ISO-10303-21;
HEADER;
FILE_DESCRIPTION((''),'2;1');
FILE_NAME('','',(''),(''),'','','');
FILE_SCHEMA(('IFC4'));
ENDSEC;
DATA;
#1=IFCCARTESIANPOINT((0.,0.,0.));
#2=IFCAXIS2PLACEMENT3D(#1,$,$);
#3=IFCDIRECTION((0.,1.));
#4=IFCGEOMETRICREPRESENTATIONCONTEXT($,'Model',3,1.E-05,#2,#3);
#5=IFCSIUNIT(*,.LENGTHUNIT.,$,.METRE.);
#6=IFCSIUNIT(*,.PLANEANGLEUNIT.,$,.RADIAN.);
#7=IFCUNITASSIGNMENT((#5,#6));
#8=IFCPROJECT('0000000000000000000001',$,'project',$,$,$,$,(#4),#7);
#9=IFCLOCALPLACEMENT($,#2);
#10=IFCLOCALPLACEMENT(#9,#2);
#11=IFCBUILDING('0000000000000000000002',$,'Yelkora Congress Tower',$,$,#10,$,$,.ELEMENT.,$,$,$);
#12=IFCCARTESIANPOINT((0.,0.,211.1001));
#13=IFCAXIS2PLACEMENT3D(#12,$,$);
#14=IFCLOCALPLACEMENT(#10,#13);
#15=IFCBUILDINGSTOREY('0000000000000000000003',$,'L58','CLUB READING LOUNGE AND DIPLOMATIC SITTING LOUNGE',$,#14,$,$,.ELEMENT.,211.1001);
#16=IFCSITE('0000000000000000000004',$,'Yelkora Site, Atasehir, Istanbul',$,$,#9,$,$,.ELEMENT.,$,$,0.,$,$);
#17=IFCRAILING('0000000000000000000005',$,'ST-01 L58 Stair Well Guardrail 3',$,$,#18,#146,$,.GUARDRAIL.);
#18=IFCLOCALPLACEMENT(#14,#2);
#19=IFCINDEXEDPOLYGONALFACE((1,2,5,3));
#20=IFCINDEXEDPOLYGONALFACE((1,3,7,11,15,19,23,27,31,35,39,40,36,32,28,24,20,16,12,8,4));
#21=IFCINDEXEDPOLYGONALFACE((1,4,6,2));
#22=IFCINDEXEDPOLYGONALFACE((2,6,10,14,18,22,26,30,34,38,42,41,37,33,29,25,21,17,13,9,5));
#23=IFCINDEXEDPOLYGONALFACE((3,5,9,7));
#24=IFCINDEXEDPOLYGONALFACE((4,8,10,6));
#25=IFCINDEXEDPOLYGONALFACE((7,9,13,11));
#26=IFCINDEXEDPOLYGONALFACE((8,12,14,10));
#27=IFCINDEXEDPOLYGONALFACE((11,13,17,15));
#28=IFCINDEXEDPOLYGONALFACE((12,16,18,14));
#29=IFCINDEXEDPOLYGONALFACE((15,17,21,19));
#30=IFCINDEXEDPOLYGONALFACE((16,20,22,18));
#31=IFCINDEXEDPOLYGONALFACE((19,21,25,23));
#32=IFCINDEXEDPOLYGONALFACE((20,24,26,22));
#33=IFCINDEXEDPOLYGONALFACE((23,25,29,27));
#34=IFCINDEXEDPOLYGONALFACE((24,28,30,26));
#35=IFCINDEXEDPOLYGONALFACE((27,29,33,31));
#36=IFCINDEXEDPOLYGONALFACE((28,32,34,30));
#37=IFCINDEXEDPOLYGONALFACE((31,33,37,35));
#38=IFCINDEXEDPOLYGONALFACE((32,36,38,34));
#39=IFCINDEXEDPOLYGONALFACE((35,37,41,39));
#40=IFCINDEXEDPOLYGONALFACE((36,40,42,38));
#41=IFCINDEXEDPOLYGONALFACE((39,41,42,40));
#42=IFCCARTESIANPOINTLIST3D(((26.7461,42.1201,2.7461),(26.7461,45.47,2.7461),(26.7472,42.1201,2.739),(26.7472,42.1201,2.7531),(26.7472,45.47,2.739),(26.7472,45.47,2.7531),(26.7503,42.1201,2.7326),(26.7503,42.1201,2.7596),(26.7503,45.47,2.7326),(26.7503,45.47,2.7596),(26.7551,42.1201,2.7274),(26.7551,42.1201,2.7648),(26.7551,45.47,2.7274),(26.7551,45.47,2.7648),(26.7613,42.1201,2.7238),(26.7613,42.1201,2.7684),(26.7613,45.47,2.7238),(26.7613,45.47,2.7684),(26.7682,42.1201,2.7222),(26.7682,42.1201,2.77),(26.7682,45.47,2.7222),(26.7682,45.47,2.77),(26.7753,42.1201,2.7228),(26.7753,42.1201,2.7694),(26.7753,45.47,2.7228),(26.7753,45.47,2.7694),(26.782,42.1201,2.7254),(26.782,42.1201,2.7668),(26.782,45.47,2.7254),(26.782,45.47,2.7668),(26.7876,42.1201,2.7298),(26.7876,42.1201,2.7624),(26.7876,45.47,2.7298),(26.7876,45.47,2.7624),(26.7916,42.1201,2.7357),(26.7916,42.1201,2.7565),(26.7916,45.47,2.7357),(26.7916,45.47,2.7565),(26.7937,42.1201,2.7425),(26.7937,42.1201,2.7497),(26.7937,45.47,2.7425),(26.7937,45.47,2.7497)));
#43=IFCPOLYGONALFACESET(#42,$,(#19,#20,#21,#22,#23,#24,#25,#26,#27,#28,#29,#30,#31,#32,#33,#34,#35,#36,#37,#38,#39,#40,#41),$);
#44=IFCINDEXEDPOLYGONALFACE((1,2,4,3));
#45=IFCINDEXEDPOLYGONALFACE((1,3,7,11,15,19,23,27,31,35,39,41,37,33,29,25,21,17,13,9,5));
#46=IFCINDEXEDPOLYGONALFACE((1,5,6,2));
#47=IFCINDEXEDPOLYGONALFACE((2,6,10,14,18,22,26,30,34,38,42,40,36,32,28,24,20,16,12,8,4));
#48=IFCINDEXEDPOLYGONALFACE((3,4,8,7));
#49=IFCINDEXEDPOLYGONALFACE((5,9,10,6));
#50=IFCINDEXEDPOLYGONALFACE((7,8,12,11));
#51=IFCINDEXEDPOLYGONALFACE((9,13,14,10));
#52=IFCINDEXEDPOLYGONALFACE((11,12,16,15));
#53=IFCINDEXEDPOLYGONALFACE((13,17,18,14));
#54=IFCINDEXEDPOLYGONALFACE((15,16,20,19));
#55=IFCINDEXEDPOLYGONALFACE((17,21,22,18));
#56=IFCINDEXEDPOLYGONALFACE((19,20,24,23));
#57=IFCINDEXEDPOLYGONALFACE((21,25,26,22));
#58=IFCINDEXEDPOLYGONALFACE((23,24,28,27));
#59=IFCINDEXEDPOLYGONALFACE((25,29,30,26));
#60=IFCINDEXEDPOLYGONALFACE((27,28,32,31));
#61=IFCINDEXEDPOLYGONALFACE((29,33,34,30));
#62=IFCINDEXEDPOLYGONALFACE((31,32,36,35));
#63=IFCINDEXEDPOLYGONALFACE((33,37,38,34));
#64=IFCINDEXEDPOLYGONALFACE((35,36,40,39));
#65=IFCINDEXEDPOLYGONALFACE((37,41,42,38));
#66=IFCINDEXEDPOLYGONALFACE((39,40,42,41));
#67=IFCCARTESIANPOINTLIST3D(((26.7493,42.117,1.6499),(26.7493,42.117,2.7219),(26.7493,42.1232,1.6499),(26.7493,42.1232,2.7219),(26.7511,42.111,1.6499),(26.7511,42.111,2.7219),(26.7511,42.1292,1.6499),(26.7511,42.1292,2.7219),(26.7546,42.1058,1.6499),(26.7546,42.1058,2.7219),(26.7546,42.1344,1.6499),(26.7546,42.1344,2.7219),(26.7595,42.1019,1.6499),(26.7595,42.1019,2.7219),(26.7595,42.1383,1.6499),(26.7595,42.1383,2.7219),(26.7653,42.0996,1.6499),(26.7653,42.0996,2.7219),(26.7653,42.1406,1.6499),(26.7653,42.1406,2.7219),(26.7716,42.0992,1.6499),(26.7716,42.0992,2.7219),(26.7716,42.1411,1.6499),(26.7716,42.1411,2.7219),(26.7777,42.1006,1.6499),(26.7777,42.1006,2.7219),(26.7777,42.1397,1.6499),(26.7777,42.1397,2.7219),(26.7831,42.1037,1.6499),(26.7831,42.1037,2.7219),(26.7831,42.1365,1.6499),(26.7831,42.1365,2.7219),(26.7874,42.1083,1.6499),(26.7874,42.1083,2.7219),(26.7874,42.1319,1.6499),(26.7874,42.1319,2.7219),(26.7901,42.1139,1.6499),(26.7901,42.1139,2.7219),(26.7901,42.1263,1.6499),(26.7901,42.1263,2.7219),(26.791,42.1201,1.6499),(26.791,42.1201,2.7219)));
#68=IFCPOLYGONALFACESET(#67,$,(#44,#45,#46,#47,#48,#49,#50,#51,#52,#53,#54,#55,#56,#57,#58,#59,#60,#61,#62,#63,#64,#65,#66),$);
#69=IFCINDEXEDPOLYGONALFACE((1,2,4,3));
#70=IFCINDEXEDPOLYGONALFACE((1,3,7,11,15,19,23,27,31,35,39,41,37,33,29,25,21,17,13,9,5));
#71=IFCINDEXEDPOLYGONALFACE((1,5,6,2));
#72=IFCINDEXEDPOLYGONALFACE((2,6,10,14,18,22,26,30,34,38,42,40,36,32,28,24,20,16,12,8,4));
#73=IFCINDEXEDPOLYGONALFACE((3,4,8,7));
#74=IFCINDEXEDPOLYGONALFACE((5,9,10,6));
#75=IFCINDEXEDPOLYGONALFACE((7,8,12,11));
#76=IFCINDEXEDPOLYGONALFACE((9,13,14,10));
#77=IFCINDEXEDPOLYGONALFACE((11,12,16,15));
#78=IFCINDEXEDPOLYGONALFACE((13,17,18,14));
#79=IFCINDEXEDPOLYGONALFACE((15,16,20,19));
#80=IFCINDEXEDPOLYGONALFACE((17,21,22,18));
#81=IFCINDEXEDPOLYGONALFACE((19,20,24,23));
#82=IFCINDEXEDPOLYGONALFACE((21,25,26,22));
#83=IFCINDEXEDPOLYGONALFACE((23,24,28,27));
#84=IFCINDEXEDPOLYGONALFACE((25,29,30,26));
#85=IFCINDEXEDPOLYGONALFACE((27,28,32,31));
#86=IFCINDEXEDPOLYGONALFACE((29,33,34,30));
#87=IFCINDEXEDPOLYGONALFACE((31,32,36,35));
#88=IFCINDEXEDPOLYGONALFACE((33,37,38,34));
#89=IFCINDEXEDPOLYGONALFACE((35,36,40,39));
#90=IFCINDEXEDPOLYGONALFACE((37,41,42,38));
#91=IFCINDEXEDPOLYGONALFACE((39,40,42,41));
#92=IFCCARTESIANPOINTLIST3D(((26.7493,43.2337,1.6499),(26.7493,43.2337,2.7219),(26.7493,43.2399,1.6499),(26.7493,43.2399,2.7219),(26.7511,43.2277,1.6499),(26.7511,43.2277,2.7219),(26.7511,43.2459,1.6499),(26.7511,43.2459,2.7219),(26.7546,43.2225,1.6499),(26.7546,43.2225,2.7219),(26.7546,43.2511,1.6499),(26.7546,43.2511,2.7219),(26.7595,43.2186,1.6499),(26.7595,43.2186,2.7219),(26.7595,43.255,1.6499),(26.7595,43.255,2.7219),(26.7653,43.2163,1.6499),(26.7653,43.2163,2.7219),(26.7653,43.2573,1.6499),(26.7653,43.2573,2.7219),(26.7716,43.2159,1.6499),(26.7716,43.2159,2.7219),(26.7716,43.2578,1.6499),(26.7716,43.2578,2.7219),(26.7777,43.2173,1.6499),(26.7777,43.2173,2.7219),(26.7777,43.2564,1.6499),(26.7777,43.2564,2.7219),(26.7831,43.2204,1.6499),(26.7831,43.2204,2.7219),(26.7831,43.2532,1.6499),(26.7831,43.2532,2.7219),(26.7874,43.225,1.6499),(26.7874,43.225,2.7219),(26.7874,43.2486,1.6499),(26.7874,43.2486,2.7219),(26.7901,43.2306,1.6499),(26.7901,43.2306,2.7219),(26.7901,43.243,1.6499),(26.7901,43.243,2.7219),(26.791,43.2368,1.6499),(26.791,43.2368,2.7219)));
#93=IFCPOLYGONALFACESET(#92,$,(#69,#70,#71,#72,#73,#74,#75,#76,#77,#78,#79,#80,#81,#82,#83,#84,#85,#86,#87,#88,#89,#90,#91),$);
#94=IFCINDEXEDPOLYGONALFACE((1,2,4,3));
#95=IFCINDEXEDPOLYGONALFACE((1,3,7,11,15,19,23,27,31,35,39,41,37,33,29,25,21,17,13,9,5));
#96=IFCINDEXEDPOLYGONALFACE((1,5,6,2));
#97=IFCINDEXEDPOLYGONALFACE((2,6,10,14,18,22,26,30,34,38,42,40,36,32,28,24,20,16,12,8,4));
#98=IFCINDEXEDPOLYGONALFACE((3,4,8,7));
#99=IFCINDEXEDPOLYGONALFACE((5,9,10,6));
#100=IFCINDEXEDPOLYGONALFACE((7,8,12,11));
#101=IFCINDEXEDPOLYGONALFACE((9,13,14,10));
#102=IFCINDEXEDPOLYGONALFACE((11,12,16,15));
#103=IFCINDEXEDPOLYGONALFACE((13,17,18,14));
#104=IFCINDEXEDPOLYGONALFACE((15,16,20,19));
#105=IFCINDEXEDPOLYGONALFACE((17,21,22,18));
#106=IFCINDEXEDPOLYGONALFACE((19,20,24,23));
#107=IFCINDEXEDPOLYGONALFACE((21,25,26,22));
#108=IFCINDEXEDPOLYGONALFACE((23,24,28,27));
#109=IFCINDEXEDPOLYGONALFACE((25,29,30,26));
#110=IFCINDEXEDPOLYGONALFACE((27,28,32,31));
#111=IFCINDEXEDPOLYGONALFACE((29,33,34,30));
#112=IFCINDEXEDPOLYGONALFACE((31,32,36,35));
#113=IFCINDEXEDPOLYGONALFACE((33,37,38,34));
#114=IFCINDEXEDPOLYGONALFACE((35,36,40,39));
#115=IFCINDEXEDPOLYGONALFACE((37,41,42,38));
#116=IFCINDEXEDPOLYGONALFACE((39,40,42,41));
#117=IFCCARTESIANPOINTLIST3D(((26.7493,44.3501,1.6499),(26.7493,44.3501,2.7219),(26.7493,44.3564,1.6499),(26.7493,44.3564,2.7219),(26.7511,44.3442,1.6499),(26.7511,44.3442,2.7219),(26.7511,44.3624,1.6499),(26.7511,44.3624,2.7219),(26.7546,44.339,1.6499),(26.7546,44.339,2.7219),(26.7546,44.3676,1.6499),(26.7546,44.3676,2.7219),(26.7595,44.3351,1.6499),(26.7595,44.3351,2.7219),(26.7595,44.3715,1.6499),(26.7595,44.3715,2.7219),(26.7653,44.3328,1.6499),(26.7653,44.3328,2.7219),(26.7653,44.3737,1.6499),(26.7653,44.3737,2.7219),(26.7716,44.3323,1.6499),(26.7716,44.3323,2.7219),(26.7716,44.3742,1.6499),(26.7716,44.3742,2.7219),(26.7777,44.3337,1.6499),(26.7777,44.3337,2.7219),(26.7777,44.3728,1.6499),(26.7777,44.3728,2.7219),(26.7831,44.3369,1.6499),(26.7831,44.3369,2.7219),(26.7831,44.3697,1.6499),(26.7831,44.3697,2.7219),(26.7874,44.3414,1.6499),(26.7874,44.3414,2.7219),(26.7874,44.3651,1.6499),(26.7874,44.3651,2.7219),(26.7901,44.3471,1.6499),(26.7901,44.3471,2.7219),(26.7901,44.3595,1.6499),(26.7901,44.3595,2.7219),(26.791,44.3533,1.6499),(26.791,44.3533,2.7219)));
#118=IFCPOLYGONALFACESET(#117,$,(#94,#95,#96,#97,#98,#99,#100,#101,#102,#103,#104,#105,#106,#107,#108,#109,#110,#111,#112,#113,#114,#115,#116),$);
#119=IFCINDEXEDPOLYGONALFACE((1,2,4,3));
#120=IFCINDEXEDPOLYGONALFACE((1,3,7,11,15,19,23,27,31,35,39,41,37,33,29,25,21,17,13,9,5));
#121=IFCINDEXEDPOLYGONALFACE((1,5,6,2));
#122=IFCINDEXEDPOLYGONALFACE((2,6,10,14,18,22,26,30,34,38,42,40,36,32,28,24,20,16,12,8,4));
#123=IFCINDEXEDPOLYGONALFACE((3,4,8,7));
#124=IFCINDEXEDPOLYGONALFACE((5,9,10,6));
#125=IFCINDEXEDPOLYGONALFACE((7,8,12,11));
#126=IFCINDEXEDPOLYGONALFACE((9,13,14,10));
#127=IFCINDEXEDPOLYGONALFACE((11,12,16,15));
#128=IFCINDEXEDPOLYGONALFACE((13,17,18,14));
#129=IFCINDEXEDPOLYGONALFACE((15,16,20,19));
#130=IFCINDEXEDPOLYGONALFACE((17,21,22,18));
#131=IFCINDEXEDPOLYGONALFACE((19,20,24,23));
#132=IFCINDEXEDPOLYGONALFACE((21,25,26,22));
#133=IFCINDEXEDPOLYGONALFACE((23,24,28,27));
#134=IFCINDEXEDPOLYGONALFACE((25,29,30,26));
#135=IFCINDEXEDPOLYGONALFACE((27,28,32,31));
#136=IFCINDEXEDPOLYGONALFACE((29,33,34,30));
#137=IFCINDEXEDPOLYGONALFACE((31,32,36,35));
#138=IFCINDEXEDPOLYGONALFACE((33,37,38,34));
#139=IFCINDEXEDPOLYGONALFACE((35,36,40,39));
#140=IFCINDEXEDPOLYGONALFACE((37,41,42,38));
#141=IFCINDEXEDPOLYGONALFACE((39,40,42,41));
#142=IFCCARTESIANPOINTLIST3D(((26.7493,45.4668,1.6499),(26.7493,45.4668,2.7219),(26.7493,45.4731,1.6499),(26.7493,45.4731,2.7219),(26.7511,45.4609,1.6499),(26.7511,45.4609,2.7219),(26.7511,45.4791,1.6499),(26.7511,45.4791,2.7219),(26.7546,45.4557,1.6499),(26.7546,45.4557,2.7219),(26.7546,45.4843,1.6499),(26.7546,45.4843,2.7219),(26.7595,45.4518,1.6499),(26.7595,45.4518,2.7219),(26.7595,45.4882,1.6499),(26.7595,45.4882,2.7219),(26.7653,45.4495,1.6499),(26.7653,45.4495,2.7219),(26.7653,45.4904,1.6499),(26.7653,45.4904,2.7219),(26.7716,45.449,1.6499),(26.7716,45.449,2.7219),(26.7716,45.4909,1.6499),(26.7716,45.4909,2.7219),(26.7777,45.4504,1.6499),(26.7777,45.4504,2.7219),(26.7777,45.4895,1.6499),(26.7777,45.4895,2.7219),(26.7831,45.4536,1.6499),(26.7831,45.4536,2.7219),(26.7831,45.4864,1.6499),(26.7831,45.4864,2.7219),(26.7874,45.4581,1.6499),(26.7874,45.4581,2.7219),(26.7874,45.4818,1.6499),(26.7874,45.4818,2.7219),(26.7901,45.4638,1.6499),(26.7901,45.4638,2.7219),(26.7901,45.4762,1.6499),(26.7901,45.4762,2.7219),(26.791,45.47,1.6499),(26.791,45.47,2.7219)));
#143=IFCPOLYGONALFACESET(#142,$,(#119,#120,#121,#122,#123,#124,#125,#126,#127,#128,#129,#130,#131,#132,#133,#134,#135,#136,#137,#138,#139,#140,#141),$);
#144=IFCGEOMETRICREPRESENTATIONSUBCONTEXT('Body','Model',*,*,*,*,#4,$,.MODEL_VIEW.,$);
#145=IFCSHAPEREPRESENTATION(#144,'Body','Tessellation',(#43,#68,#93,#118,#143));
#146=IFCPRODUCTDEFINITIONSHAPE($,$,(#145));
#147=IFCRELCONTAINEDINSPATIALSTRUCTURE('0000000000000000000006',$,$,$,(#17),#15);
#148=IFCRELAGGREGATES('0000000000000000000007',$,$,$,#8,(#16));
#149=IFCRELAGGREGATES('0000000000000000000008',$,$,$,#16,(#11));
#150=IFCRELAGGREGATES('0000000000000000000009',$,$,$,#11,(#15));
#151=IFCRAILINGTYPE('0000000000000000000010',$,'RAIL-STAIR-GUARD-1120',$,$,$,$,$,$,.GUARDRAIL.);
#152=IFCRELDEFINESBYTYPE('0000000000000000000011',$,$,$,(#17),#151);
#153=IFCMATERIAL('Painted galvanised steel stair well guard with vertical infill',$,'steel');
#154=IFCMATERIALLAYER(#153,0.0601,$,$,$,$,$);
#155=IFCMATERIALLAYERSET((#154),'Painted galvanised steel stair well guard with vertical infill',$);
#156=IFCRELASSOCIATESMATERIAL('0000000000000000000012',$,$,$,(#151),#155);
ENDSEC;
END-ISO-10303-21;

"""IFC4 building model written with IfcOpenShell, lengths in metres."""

from ifc_helpers import new_model, si_unit, direction, frame, origin, origin_2d, place, context, subcontext, project, spatial, circle, extrude, material, layer, layer_set, type_object, element, save


model = new_model("IFC4")

# Units and contexts
model_context = context("Model", 3, precision=1e-05, world=origin(), true_north=direction((0.0, 1.0)))
body_context = subcontext(model_context, "Body", "Model", "MODEL_VIEW")
ifc_project = project(units=[si_unit("LENGTHUNIT", "METRE"), si_unit("PLANEANGLEUNIT", "RADIAN")], contexts=[model_context])

# Site, building, storey
site_placement = place(None, origin())
site = spatial("IfcSite", under=ifc_project, at=site_placement, Name="Yelkora Site, Atasehir, Istanbul", CompositionType="ELEMENT", RefElevation=0.0)
building_placement = place(site_placement, origin())
building = spatial("IfcBuilding", under=site, at=building_placement, Name="Yelkora Congress Tower", CompositionType="ELEMENT")
storey_placement = place(building_placement, frame((0.0, 0.0, 211.1001)))
storey = spatial("IfcBuildingStorey", under=building, at=storey_placement, Name="L58", Description="CLUB READING LOUNGE AND DIPLOMATIC SITTING LOUNGE", CompositionType="ELEMENT", Elevation=211.1001)

# Railing
ifc_material_1 = material(Name="Painted galvanised steel stair well guard with vertical infill", Category="steel")
ifc_layer_1 = layer(ifc_material_1, 0.0601)
ifc_layer_set_1 = layer_set([ifc_layer_1], Name="Painted galvanised steel stair well guard with vertical infill")
railing_type_1 = type_object("IfcRailingType", Name="RAIL-STAIR-GUARD-1120", PredefinedType="GUARDRAIL", material=ifc_layer_set_1)
railing_1_placement = place(storey_placement, frame((26.77, 42.1201, 1.6499)))
element("IfcRailing", 1, at=railing_1_placement, inside=storey, type_object=railing_type_1, Name="ST-01 L58 Stair Well Guardrail 3", PredefinedType="GUARDRAIL", context=body_context, shape_type="SweptSolid", body=[
    extrude(circle(Radius=0.0239, at=origin_2d()), frame((0.0, 0.0, 1.0962), z_axis=(0.0, 1.0, 0.0), x_axis=(-1.0, 0.0, 0.0)), (0.0, 0.0, 1.0), 3.3499),
    extrude(circle(Radius=0.021, at=origin_2d()), origin(), (0.0, 0.0, 1.0), 1.072),
    extrude(circle(Radius=0.021, at=origin_2d()), frame((0.0, 1.1167, 0.0)), (0.0, 0.0, 1.0), 1.072),
    extrude(circle(Radius=0.021, at=origin_2d()), frame((0.0, 2.2332, 0.0)), (0.0, 0.0, 1.0), 1.072),
    extrude(circle(Radius=0.021, at=origin_2d()), frame((0.0, 3.3499, 0.0)), (0.0, 0.0, 1.0), 1.072),
])

save(model, "model.ifc")
